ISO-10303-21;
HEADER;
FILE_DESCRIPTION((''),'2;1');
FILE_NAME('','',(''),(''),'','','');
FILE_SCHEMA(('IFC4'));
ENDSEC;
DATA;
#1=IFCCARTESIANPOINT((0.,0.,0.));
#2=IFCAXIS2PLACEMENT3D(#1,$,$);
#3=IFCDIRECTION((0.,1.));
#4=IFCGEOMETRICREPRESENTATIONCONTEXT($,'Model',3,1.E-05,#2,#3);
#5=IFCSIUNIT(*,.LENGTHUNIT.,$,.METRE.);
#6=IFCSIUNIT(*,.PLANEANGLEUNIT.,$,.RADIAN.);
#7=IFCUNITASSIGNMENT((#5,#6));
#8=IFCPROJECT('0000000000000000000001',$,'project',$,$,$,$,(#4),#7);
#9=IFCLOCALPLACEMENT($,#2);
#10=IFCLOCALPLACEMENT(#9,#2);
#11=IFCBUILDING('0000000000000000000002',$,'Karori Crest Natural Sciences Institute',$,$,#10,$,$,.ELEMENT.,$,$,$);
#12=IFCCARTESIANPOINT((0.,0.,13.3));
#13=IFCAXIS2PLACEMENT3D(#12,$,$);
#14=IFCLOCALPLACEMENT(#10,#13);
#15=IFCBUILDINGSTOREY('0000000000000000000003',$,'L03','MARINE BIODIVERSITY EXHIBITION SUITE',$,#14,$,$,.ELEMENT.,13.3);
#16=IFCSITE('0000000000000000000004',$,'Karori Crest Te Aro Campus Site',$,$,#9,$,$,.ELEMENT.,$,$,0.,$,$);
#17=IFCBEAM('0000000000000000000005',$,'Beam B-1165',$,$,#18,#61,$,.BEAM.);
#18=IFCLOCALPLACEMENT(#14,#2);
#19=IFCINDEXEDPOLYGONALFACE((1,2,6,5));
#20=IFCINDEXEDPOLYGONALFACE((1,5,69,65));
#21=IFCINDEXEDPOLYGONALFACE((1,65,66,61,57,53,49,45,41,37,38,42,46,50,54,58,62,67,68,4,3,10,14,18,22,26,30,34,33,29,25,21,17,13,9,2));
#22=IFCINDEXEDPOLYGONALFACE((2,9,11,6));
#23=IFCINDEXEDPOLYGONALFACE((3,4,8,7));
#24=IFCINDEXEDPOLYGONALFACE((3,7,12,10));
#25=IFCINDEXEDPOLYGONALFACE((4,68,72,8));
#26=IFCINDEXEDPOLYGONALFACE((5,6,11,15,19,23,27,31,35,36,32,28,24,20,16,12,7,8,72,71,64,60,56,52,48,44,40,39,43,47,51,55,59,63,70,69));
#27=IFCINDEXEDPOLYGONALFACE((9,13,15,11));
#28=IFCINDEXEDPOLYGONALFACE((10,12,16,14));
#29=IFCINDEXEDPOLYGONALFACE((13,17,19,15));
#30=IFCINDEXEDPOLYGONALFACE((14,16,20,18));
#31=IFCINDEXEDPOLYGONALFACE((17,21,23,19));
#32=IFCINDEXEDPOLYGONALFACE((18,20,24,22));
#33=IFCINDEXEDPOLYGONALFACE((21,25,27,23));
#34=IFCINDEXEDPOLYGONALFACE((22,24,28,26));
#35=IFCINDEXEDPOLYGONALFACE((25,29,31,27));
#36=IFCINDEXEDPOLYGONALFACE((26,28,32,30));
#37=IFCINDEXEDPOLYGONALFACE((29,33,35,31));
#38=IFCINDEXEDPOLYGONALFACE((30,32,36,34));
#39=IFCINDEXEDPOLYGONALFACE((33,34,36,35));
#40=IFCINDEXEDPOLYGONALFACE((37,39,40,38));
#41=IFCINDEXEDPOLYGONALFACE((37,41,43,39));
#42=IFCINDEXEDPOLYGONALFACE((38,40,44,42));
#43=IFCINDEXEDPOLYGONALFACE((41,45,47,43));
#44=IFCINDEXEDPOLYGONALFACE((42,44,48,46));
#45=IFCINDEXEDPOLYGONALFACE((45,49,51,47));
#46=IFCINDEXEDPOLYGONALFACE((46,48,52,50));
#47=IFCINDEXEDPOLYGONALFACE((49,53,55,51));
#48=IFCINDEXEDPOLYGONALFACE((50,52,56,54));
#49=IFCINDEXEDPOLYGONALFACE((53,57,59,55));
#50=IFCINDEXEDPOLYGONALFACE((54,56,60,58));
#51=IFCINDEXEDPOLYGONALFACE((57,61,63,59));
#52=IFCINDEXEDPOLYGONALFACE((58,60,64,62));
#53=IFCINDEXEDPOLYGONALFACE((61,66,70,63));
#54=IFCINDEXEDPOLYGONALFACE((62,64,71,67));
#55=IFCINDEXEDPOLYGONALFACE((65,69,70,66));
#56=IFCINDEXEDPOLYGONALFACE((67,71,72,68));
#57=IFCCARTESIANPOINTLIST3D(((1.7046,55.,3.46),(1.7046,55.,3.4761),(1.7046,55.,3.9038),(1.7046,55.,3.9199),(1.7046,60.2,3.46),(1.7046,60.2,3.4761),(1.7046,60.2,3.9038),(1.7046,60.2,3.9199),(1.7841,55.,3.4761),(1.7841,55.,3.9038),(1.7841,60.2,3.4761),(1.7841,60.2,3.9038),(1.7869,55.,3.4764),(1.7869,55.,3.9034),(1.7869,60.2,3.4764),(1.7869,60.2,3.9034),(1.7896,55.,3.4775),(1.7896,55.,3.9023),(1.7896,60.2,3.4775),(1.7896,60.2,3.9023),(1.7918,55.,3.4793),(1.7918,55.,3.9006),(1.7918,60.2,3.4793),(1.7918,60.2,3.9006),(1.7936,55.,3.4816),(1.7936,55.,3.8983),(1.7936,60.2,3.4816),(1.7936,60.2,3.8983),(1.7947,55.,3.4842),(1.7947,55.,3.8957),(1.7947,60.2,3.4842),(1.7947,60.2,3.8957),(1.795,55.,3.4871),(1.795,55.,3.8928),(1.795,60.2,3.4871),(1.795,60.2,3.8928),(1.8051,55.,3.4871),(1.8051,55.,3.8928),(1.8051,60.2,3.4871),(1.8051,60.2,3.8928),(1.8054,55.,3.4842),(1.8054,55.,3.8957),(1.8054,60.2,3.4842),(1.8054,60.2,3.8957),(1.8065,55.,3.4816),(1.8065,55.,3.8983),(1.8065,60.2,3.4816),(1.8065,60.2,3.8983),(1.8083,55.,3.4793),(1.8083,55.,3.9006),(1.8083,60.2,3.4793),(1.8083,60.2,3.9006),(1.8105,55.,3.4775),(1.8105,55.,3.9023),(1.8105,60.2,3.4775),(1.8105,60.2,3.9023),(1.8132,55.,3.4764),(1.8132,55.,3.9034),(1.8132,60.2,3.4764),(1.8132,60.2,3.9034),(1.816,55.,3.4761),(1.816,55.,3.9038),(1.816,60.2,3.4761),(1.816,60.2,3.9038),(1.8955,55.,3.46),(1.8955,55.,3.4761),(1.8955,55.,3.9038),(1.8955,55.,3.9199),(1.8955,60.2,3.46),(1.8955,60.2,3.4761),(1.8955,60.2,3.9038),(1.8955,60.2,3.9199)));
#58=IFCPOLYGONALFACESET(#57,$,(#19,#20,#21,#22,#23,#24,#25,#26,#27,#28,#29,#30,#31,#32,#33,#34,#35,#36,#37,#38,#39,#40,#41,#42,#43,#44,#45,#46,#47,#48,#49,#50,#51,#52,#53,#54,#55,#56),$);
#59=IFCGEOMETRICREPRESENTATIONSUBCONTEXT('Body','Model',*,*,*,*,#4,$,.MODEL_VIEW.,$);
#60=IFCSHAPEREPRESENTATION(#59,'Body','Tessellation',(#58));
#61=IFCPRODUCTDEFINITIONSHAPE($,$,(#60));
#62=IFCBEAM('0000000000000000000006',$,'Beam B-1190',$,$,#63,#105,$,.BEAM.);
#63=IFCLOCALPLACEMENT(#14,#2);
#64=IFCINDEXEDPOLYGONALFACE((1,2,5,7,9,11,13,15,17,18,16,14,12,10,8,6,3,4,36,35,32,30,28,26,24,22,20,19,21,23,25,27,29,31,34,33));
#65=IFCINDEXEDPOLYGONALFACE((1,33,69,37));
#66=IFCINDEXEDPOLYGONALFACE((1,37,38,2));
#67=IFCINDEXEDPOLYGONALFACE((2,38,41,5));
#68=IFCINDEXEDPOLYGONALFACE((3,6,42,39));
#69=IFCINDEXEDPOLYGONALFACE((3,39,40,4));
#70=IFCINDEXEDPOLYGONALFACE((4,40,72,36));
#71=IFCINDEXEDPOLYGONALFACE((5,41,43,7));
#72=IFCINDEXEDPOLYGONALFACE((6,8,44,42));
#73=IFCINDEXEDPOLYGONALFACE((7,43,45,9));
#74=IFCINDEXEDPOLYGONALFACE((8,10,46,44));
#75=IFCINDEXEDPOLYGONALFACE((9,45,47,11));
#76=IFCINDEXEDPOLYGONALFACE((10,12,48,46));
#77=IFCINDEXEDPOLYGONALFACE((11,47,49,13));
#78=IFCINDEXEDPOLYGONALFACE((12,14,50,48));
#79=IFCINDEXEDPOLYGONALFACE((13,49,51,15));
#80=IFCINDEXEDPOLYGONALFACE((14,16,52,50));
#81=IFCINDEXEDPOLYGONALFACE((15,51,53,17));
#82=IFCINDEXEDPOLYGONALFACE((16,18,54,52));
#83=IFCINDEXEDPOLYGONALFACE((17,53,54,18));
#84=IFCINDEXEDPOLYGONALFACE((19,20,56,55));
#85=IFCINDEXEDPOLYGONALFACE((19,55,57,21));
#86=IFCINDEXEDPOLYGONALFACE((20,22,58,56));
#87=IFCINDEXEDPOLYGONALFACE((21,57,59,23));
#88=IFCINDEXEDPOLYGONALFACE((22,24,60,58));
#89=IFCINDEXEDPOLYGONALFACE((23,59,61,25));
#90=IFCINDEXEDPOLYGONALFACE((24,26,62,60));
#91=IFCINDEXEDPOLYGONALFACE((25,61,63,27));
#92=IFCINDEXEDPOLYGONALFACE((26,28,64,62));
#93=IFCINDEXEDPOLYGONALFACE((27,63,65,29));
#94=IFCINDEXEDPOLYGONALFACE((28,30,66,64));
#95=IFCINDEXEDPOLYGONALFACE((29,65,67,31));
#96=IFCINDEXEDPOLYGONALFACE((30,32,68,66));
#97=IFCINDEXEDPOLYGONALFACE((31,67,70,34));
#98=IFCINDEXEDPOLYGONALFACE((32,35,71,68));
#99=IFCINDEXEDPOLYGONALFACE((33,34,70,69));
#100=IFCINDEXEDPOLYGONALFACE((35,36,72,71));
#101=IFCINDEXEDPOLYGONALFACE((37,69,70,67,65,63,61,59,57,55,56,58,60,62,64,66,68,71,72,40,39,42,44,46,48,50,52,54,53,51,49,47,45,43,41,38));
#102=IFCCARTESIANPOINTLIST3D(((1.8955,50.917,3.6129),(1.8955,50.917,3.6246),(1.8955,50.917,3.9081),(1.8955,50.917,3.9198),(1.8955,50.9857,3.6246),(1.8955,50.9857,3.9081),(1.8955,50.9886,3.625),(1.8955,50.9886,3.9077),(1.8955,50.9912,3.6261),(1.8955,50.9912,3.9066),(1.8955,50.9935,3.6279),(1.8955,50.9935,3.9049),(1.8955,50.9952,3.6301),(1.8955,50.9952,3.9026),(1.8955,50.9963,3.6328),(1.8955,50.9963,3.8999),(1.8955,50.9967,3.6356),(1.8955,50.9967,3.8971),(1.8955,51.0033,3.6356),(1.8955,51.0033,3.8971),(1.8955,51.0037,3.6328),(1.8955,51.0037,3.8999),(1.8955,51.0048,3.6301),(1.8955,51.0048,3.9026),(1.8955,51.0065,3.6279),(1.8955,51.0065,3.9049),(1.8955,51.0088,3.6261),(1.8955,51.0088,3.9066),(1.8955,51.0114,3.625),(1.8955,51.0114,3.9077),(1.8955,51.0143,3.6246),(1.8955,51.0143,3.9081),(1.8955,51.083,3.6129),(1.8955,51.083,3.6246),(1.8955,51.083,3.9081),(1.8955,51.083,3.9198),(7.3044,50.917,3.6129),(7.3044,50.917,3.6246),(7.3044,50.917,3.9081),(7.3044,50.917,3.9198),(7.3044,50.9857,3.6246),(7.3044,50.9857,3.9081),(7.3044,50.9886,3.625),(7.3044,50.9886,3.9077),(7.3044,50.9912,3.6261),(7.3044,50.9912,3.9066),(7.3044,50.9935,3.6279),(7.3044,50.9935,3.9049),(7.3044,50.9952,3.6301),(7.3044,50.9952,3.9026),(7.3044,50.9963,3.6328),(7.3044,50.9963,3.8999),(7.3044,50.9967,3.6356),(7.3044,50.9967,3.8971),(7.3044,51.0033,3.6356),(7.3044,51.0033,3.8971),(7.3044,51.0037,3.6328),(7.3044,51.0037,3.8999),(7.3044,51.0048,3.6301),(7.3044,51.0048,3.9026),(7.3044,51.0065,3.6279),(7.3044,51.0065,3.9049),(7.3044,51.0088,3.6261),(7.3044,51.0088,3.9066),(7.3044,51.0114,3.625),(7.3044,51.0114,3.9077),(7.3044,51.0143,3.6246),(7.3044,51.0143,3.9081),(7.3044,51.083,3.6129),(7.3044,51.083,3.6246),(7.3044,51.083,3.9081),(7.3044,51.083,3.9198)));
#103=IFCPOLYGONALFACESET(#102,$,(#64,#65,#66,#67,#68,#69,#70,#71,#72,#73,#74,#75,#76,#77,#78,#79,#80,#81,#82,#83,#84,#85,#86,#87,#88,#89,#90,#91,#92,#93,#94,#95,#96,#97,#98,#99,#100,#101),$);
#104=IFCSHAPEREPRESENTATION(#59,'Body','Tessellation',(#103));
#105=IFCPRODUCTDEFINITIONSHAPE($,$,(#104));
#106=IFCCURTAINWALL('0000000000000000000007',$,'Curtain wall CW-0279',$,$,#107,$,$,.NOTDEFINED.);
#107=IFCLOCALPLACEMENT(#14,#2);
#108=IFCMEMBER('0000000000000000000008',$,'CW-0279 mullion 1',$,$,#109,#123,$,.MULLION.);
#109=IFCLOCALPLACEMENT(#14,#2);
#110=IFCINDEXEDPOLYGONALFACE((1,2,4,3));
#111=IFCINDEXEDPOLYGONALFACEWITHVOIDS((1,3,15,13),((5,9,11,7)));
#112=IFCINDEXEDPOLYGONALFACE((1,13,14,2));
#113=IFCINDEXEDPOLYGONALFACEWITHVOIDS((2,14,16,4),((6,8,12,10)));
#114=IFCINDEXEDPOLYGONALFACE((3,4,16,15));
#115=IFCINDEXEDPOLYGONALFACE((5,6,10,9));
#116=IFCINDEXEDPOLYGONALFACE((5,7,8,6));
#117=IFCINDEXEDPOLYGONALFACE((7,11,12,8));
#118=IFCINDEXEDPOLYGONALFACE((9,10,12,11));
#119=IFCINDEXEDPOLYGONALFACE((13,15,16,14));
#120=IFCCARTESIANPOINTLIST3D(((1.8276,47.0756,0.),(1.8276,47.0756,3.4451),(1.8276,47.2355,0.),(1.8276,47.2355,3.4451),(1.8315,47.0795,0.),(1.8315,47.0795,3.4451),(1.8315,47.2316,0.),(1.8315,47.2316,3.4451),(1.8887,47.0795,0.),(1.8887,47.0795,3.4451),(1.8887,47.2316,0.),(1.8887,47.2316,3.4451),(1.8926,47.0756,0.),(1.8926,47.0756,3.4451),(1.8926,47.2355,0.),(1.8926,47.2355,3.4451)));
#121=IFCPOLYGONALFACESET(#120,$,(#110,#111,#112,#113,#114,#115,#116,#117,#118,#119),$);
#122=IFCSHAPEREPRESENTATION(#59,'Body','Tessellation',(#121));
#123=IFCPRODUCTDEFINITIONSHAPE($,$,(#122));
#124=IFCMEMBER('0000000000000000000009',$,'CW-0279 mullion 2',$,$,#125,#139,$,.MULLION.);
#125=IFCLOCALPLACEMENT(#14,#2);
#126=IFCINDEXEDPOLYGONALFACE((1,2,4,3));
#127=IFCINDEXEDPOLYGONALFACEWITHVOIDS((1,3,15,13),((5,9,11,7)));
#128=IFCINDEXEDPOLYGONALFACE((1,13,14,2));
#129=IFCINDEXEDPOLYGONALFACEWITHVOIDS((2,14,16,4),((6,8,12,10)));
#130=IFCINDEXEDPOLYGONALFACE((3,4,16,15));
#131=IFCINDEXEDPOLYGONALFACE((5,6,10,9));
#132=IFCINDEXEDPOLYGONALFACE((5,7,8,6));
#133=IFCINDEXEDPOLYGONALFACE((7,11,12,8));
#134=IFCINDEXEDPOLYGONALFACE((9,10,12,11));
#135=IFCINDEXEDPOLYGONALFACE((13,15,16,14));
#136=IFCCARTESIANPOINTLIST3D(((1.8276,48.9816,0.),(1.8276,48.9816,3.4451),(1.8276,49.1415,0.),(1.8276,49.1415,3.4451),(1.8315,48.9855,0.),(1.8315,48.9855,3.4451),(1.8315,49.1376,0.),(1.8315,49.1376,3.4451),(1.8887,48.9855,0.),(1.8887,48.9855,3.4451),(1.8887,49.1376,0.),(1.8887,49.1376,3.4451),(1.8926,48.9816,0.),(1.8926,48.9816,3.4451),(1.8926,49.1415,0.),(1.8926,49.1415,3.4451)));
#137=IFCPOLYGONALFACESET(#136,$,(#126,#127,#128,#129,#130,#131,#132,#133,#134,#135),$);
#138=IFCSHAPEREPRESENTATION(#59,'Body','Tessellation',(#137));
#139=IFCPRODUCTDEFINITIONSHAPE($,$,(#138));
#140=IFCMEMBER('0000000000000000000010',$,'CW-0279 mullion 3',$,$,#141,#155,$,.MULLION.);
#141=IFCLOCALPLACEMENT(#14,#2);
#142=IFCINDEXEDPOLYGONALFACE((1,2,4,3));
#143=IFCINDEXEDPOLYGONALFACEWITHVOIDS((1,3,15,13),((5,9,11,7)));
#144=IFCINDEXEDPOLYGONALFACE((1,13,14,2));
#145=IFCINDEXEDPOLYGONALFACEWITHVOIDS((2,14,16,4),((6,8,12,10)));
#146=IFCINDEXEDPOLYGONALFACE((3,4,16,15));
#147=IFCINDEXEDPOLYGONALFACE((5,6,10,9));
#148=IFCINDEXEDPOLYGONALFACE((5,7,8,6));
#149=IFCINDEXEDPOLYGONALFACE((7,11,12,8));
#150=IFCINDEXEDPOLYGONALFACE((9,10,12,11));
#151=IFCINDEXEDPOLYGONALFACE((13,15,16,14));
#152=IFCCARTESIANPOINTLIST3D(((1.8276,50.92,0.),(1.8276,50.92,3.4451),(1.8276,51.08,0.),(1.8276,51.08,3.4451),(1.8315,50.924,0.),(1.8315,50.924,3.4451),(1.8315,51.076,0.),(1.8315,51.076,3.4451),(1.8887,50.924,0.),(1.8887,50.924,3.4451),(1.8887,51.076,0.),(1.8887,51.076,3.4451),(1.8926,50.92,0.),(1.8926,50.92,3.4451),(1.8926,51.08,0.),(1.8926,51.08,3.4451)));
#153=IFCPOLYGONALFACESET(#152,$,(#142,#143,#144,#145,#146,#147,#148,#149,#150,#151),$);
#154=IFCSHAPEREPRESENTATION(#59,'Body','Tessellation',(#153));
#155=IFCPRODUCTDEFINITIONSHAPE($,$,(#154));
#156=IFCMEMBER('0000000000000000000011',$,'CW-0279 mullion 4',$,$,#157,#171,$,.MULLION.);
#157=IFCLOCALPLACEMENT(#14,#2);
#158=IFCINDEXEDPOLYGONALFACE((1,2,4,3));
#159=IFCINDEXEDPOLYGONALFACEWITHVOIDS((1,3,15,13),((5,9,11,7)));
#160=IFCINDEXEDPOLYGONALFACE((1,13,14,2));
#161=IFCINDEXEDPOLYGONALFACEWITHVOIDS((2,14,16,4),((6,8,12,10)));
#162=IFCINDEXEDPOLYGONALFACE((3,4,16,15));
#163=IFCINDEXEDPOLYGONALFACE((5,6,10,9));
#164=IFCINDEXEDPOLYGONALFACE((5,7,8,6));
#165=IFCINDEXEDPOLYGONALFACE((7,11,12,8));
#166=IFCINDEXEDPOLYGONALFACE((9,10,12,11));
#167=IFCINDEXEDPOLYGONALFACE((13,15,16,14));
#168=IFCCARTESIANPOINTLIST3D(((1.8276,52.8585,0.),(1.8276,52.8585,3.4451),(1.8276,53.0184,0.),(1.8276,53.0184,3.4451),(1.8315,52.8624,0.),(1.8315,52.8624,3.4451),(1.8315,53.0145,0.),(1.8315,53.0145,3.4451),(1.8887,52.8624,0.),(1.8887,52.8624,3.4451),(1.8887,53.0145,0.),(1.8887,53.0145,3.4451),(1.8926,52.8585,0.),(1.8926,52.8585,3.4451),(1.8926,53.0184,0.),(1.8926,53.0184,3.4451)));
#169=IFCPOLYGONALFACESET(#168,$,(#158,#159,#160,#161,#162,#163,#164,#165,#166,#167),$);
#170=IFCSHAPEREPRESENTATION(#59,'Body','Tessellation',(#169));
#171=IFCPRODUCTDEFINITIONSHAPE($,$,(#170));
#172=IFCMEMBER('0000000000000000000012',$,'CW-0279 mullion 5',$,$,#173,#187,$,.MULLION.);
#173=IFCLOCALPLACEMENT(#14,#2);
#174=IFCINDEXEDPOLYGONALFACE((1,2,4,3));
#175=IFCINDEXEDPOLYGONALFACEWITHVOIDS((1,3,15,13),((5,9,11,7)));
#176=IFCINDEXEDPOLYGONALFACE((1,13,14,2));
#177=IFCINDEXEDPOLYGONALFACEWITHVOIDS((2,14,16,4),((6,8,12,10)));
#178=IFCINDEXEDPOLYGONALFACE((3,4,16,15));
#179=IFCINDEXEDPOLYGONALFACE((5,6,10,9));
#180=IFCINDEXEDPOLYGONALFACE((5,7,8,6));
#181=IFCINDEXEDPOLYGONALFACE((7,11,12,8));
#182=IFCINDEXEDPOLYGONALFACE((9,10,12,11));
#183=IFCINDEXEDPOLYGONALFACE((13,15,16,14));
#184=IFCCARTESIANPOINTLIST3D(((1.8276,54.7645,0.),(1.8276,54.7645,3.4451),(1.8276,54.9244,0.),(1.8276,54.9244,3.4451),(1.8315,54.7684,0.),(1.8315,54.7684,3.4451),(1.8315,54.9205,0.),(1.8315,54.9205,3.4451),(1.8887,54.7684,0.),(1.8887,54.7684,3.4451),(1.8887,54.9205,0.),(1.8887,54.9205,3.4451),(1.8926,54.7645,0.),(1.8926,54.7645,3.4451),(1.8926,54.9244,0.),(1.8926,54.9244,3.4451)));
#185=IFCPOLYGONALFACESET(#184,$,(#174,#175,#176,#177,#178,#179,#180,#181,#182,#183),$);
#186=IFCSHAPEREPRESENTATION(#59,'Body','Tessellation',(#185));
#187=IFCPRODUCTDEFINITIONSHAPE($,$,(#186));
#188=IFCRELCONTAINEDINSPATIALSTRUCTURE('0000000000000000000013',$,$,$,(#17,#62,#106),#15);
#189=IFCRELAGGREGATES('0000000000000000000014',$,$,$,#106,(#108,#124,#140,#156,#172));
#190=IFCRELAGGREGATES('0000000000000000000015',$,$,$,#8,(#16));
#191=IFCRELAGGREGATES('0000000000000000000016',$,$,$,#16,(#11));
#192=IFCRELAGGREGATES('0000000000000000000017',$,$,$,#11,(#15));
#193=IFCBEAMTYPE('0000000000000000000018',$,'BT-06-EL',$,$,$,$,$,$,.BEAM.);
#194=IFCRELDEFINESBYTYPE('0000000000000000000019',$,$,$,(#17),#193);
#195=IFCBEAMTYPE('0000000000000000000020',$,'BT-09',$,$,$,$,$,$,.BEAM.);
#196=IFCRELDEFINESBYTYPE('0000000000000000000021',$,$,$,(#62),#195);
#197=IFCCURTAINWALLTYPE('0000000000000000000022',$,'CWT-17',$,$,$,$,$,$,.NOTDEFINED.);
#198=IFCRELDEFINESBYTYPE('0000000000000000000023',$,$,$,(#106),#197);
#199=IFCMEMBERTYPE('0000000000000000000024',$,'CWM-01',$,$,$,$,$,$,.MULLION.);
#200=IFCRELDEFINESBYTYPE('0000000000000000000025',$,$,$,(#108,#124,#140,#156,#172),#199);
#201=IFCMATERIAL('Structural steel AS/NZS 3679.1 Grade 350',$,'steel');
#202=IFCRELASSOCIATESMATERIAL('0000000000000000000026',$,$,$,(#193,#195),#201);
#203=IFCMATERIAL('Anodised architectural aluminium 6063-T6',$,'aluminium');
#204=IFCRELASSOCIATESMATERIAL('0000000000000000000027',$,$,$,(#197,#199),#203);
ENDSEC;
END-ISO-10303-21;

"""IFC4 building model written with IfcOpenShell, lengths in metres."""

from ifc_helpers import new_model, si_unit, direction, frame, origin, origin_2d, place, context, subcontext, project, spatial, hollow_rectangle, i_section, extrude, material, material_profile, profile_set, type_object, element, aggregate, save


model = new_model("IFC4")

# Units and contexts
model_context = context("Model", 3, precision=1e-05, world=origin(), true_north=direction((0.0, 1.0)))
body_context = subcontext(model_context, "Body", "Model", "MODEL_VIEW")
ifc_project = project(units=[si_unit("LENGTHUNIT", "METRE"), si_unit("PLANEANGLEUNIT", "RADIAN")], contexts=[model_context])

# Site, building, storey
site_placement = place(None, origin())
site = spatial("IfcSite", under=ifc_project, at=site_placement, Name="Karori Crest Te Aro Campus Site", CompositionType="ELEMENT", RefElevation=0.0)
building_placement = place(site_placement, origin())
building = spatial("IfcBuilding", under=site, at=building_placement, Name="Karori Crest Natural Sciences Institute", CompositionType="ELEMENT")
storey_placement = place(building_placement, frame((0.0, 0.0, 13.3)))
storey = spatial("IfcBuildingStorey", under=building, at=storey_placement, Name="L03", Description="MARINE BIODIVERSITY EXHIBITION SUITE", CompositionType="ELEMENT", Elevation=13.3)

# Beams
ifc_material_1 = material(Name="Structural steel AS/NZS 3679.1 Grade 350", Category="steel")
ifc_material_profile_1 = material_profile(ifc_material_1, i_section(OverallWidth=0.1909, OverallDepth=0.46, WebThickness=0.01, FlangeThickness=0.0161, FilletRadius=0.011, at=origin_2d()), Name="460UB82.1")
ifc_profile_set_1 = profile_set([ifc_material_profile_1], Name="Structural steel AS/NZS 3679.1 Grade 350")
beam_type_1 = type_object("IfcBeamType", Name="BT-06-EL", PredefinedType="BEAM", material=ifc_profile_set_1)
beam_1_placement = place(storey_placement, frame((1.8, 55.0, 3.6899), z_axis=(0.0, 1.0, 0.0), x_axis=(-1.0, 0.0, 0.0)))
element("IfcBeam", 1, at=beam_1_placement, inside=storey, type_object=beam_type_1, Name="Beam B-1165", PredefinedType="BEAM", context=body_context, shape_type="SweptSolid", body=[
    extrude(i_section(OverallWidth=0.1909, OverallDepth=0.46, WebThickness=0.01, FlangeThickness=0.0161, FilletRadius=0.011, at=origin_2d()), origin(), (0.0, 0.0, 1.0), 5.2),
])
ifc_material_profile_2 = material_profile(ifc_material_1, i_section(OverallWidth=0.166, OverallDepth=0.3069, WebThickness=0.0066, FlangeThickness=0.0117, FilletRadius=0.011, at=origin_2d()), Name="310UB46.2")
ifc_profile_set_2 = profile_set([ifc_material_profile_2], Name="Structural steel AS/NZS 3679.1 Grade 350")
beam_type_2 = type_object("IfcBeamType", Name="BT-09", PredefinedType="BEAM", material=ifc_profile_set_2)
beam_2_placement = place(storey_placement, frame((1.8955, 51.0, 3.7664), z_axis=(1.0, 0.0, 0.0), x_axis=(0.0, 1.0, 0.0)))
element("IfcBeam", 2, at=beam_2_placement, inside=storey, type_object=beam_type_2, Name="Beam B-1190", PredefinedType="BEAM", context=body_context, shape_type="SweptSolid", body=[
    extrude(i_section(OverallWidth=0.166, OverallDepth=0.3069, WebThickness=0.0066, FlangeThickness=0.0117, FilletRadius=0.011, at=origin_2d()), origin(), (0.0, 0.0, 1.0), 5.4089),
])

# Curtain wall, members
ifc_material_2 = material(Name="Anodised architectural aluminium 6063-T6", Category="aluminium")
curtain_wall_type = type_object("IfcCurtainWallType", Name="CWT-17", PredefinedType="NOTDEFINED", material=ifc_material_2)
curtain_wall_placement = place(storey_placement, origin())
curtain_wall = element("IfcCurtainWall", 3, at=curtain_wall_placement, inside=storey, type_object=curtain_wall_type, Name="Curtain wall CW-0279", PredefinedType="NOTDEFINED")
ifc_material_profile_3 = material_profile(ifc_material_2, hollow_rectangle(XDim=0.0649, YDim=0.1599, WallThickness=0.0039, at=origin_2d()), Name="CWM160x65x4")
ifc_profile_set_3 = profile_set([ifc_material_profile_3], Name="Anodised architectural aluminium 6063-T6")
member_type_1 = type_object("IfcMemberType", Name="CWM-01", PredefinedType="MULLION", material=ifc_profile_set_3)
member_1_placement = place(storey_placement, frame((1.8601, 47.1555, 0.0), z_axis=(0.0, 0.0, 1.0), x_axis=(-1.0, 0.0, 0.0)))
member_1 = element("IfcMember", 4, at=member_1_placement, type_object=member_type_1, Name="CW-0279 mullion 1", PredefinedType="MULLION", context=body_context, shape_type="SweptSolid", body=[
    extrude(hollow_rectangle(XDim=0.0649, YDim=0.1599, WallThickness=0.0039, at=origin_2d()), origin(), (0.0, 0.0, 1.0), 3.4451),
])
member_2_placement = place(storey_placement, frame((1.8601, 49.0615, 0.0), z_axis=(0.0, 0.0, 1.0), x_axis=(-1.0, 0.0, 0.0)))
member_2 = element("IfcMember", 5, at=member_2_placement, type_object=member_type_1, Name="CW-0279 mullion 2", PredefinedType="MULLION", context=body_context, shape_type="SweptSolid", body=[
    extrude(hollow_rectangle(XDim=0.0649, YDim=0.1599, WallThickness=0.0039, at=origin_2d()), origin(), (0.0, 0.0, 1.0), 3.4451),
])
member_3_placement = place(storey_placement, frame((1.8601, 51.0, 0.0), z_axis=(0.0, 0.0, 1.0), x_axis=(-1.0, 0.0, 0.0)))
member_3 = element("IfcMember", 6, at=member_3_placement, type_object=member_type_1, Name="CW-0279 mullion 3", PredefinedType="MULLION", context=body_context, shape_type="SweptSolid", body=[
    extrude(hollow_rectangle(XDim=0.0649, YDim=0.1599, WallThickness=0.0039, at=origin_2d()), origin(), (0.0, 0.0, 1.0), 3.4451),
])
member_4_placement = place(storey_placement, frame((1.8601, 52.9385, 0.0), z_axis=(0.0, 0.0, 1.0), x_axis=(-1.0, 0.0, 0.0)))
member_4 = element("IfcMember", 7, at=member_4_placement, type_object=member_type_1, Name="CW-0279 mullion 4", PredefinedType="MULLION", context=body_context, shape_type="SweptSolid", body=[
    extrude(hollow_rectangle(XDim=0.0649, YDim=0.1599, WallThickness=0.0039, at=origin_2d()), origin(), (0.0, 0.0, 1.0), 3.4451),
])
member_5_placement = place(storey_placement, frame((1.8601, 54.8445, 0.0), z_axis=(0.0, 0.0, 1.0), x_axis=(-1.0, 0.0, 0.0)))
member_5 = element("IfcMember", 8, at=member_5_placement, type_object=member_type_1, Name="CW-0279 mullion 5", PredefinedType="MULLION", context=body_context, shape_type="SweptSolid", body=[
    extrude(hollow_rectangle(XDim=0.0649, YDim=0.1599, WallThickness=0.0039, at=origin_2d()), origin(), (0.0, 0.0, 1.0), 3.4451),
])
aggregate(curtain_wall, [member_1, member_2, member_3, member_4, member_5])

save(model, "model.ifc")
